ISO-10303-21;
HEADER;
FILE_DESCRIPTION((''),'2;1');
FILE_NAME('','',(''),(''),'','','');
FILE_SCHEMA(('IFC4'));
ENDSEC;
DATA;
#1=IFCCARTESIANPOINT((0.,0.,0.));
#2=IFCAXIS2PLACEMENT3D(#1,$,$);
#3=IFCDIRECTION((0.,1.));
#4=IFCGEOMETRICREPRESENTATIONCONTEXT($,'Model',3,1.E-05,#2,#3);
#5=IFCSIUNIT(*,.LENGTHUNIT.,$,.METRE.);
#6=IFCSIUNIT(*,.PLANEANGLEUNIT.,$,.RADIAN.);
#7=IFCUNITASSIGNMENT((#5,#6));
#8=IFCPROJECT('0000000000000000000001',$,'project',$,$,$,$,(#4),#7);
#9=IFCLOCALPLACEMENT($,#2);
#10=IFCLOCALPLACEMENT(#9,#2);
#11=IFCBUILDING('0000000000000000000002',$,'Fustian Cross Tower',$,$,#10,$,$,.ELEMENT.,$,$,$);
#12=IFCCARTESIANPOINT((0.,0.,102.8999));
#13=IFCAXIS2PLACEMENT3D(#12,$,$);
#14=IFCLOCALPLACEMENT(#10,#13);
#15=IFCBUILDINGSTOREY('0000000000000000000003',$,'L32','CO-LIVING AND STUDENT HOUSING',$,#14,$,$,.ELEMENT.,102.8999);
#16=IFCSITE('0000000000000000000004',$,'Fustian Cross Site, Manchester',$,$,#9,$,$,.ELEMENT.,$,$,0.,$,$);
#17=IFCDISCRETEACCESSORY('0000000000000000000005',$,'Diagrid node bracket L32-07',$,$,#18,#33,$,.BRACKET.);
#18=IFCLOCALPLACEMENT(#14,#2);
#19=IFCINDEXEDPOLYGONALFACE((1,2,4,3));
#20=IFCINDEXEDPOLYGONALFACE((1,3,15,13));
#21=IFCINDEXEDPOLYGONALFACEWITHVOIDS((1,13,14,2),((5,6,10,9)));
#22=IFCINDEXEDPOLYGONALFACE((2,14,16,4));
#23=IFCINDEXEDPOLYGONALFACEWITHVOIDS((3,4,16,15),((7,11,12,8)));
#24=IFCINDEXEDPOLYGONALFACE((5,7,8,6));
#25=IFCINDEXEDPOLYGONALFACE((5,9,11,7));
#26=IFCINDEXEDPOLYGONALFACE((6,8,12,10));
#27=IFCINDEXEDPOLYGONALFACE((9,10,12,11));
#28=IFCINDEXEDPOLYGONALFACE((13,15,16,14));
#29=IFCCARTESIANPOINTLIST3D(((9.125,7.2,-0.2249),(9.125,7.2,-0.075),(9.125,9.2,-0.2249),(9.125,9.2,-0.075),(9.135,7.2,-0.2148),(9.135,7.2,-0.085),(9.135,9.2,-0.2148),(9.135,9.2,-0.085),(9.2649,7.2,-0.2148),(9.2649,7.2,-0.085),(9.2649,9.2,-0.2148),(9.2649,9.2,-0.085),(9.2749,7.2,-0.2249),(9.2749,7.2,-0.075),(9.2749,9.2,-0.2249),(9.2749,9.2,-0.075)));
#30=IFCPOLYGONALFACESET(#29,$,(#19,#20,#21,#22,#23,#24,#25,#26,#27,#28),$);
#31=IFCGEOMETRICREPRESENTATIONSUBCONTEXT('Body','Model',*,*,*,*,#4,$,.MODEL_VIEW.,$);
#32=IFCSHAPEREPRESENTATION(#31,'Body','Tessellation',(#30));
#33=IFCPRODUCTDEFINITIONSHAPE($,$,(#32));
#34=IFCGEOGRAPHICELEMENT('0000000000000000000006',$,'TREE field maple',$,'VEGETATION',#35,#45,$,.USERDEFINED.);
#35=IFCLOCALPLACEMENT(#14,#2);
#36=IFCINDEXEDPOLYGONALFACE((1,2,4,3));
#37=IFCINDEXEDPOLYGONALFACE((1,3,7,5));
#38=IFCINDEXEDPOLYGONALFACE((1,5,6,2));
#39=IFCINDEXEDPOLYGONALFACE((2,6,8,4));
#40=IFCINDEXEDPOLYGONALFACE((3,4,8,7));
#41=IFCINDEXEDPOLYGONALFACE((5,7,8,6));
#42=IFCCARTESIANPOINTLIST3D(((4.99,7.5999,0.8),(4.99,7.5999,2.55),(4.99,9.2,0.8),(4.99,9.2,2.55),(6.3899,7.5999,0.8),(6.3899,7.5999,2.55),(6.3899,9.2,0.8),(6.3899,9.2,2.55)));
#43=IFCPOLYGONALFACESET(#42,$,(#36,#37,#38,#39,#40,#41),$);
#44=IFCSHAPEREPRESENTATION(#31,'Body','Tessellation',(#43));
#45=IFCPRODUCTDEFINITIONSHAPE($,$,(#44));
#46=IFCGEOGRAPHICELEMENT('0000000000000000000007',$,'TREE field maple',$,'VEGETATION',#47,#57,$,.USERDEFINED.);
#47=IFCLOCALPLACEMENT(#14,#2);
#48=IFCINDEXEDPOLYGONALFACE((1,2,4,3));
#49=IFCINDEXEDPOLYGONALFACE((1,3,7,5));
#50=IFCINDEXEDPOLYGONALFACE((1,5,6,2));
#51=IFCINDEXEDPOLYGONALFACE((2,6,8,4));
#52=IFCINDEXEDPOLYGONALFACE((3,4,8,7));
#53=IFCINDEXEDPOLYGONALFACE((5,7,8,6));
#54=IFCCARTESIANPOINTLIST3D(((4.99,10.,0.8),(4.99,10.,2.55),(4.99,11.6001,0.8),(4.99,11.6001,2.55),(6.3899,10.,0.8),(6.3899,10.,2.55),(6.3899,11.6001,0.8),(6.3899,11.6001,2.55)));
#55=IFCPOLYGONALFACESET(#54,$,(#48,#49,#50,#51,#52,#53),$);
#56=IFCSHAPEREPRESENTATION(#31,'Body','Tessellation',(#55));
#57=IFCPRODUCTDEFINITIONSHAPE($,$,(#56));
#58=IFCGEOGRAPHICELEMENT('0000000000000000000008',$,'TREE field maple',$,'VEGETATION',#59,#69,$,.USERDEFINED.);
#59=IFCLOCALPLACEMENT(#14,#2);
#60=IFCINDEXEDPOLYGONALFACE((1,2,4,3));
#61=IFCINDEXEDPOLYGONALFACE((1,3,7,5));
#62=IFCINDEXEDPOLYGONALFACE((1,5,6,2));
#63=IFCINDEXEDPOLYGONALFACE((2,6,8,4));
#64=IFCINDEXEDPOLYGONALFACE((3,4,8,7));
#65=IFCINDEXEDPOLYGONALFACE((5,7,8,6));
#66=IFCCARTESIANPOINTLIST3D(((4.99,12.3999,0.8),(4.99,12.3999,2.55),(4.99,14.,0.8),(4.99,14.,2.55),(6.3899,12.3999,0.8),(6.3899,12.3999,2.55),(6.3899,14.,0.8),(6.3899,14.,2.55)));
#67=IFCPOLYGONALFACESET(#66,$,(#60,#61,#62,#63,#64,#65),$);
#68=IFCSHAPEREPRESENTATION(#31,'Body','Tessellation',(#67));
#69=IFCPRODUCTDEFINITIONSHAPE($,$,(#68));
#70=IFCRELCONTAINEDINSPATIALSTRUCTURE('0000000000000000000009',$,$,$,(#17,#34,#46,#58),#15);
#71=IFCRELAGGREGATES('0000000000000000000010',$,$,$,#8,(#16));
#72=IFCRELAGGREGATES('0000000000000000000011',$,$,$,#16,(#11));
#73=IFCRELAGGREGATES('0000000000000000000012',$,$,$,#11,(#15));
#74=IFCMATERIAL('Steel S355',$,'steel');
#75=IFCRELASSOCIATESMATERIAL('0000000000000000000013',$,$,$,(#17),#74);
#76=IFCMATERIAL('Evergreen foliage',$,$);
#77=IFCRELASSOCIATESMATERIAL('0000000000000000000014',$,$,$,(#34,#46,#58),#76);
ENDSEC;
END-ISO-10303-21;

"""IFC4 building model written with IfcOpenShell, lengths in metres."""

from ifc_helpers import new_model, si_unit, direction, frame, origin, origin_2d, place, context, subcontext, project, spatial, rectangle, hollow_rectangle, extrude, material, element, save


model = new_model("IFC4")

# Units and contexts
model_context = context("Model", 3, precision=1e-05, world=origin(), true_north=direction((0.0, 1.0)))
body_context = subcontext(model_context, "Body", "Model", "MODEL_VIEW")
ifc_project = project(units=[si_unit("LENGTHUNIT", "METRE"), si_unit("PLANEANGLEUNIT", "RADIAN")], contexts=[model_context])

# Site, building, storey
site_placement = place(None, origin())
site = spatial("IfcSite", under=ifc_project, at=site_placement, Name="Fustian Cross Site, Manchester", CompositionType="ELEMENT", RefElevation=0.0)
building_placement = place(site_placement, origin())
building = spatial("IfcBuilding", under=site, at=building_placement, Name="Fustian Cross Tower", CompositionType="ELEMENT")
storey_placement = place(building_placement, frame((0.0, 0.0, 102.8999)))
storey = spatial("IfcBuildingStorey", under=building, at=storey_placement, Name="L32", Description="CO-LIVING AND STUDENT HOUSING", CompositionType="ELEMENT", Elevation=102.8999)

# Discrete accessory
ifc_material_1 = material(Name="Steel S355", Category="steel")
discrete_accessory_placement = place(storey_placement, frame((9.2, 9.2, -0.1499), z_axis=(0.0, -1.0, 0.0), x_axis=(1.0, 0.0, 0.0)))
element("IfcDiscreteAccessory", 1, at=discrete_accessory_placement, inside=storey, material=ifc_material_1, Name="Diagrid node bracket L32-07", PredefinedType="BRACKET", context=body_context, shape_type="SweptSolid", body=[
    extrude(hollow_rectangle(XDim=0.1499, YDim=0.1499, WallThickness=0.01, at=origin_2d()), origin(), (0.0, 0.0, 1.0), 2.0),
])

# Geographic elements
ifc_material_2 = material(Name="Evergreen foliage")
for number, where, z_axis, x_axis, name in (
    (2, (5.6899, 8.3999, 0.8), (0.0, 0.0, 1.0), (1.0, 0.0, 0.0), "TREE field maple"),
    (3, (5.6899, 10.8, 0.8), (0.0, 0.0, 1.0), (1.0, 0.0, 0.0), "TREE field maple"),
    (4, (5.6899, 13.2, 0.8), (0.0, 0.0, 1.0), (1.0, 0.0, 0.0), "TREE field maple"),
):
    element("IfcGeographicElement", number, at=place(storey_placement, frame(where, z_axis=z_axis, x_axis=x_axis)), inside=storey, material=ifc_material_2, Name=name, ObjectType="VEGETATION", PredefinedType="USERDEFINED", context=body_context, shape_type="SweptSolid", body=[
        extrude(rectangle(XDim=1.3999, YDim=1.6001, at=origin_2d()), origin(), (0.0, 0.0, 1.0), 1.75),
    ])

save(model, "model.ifc")
